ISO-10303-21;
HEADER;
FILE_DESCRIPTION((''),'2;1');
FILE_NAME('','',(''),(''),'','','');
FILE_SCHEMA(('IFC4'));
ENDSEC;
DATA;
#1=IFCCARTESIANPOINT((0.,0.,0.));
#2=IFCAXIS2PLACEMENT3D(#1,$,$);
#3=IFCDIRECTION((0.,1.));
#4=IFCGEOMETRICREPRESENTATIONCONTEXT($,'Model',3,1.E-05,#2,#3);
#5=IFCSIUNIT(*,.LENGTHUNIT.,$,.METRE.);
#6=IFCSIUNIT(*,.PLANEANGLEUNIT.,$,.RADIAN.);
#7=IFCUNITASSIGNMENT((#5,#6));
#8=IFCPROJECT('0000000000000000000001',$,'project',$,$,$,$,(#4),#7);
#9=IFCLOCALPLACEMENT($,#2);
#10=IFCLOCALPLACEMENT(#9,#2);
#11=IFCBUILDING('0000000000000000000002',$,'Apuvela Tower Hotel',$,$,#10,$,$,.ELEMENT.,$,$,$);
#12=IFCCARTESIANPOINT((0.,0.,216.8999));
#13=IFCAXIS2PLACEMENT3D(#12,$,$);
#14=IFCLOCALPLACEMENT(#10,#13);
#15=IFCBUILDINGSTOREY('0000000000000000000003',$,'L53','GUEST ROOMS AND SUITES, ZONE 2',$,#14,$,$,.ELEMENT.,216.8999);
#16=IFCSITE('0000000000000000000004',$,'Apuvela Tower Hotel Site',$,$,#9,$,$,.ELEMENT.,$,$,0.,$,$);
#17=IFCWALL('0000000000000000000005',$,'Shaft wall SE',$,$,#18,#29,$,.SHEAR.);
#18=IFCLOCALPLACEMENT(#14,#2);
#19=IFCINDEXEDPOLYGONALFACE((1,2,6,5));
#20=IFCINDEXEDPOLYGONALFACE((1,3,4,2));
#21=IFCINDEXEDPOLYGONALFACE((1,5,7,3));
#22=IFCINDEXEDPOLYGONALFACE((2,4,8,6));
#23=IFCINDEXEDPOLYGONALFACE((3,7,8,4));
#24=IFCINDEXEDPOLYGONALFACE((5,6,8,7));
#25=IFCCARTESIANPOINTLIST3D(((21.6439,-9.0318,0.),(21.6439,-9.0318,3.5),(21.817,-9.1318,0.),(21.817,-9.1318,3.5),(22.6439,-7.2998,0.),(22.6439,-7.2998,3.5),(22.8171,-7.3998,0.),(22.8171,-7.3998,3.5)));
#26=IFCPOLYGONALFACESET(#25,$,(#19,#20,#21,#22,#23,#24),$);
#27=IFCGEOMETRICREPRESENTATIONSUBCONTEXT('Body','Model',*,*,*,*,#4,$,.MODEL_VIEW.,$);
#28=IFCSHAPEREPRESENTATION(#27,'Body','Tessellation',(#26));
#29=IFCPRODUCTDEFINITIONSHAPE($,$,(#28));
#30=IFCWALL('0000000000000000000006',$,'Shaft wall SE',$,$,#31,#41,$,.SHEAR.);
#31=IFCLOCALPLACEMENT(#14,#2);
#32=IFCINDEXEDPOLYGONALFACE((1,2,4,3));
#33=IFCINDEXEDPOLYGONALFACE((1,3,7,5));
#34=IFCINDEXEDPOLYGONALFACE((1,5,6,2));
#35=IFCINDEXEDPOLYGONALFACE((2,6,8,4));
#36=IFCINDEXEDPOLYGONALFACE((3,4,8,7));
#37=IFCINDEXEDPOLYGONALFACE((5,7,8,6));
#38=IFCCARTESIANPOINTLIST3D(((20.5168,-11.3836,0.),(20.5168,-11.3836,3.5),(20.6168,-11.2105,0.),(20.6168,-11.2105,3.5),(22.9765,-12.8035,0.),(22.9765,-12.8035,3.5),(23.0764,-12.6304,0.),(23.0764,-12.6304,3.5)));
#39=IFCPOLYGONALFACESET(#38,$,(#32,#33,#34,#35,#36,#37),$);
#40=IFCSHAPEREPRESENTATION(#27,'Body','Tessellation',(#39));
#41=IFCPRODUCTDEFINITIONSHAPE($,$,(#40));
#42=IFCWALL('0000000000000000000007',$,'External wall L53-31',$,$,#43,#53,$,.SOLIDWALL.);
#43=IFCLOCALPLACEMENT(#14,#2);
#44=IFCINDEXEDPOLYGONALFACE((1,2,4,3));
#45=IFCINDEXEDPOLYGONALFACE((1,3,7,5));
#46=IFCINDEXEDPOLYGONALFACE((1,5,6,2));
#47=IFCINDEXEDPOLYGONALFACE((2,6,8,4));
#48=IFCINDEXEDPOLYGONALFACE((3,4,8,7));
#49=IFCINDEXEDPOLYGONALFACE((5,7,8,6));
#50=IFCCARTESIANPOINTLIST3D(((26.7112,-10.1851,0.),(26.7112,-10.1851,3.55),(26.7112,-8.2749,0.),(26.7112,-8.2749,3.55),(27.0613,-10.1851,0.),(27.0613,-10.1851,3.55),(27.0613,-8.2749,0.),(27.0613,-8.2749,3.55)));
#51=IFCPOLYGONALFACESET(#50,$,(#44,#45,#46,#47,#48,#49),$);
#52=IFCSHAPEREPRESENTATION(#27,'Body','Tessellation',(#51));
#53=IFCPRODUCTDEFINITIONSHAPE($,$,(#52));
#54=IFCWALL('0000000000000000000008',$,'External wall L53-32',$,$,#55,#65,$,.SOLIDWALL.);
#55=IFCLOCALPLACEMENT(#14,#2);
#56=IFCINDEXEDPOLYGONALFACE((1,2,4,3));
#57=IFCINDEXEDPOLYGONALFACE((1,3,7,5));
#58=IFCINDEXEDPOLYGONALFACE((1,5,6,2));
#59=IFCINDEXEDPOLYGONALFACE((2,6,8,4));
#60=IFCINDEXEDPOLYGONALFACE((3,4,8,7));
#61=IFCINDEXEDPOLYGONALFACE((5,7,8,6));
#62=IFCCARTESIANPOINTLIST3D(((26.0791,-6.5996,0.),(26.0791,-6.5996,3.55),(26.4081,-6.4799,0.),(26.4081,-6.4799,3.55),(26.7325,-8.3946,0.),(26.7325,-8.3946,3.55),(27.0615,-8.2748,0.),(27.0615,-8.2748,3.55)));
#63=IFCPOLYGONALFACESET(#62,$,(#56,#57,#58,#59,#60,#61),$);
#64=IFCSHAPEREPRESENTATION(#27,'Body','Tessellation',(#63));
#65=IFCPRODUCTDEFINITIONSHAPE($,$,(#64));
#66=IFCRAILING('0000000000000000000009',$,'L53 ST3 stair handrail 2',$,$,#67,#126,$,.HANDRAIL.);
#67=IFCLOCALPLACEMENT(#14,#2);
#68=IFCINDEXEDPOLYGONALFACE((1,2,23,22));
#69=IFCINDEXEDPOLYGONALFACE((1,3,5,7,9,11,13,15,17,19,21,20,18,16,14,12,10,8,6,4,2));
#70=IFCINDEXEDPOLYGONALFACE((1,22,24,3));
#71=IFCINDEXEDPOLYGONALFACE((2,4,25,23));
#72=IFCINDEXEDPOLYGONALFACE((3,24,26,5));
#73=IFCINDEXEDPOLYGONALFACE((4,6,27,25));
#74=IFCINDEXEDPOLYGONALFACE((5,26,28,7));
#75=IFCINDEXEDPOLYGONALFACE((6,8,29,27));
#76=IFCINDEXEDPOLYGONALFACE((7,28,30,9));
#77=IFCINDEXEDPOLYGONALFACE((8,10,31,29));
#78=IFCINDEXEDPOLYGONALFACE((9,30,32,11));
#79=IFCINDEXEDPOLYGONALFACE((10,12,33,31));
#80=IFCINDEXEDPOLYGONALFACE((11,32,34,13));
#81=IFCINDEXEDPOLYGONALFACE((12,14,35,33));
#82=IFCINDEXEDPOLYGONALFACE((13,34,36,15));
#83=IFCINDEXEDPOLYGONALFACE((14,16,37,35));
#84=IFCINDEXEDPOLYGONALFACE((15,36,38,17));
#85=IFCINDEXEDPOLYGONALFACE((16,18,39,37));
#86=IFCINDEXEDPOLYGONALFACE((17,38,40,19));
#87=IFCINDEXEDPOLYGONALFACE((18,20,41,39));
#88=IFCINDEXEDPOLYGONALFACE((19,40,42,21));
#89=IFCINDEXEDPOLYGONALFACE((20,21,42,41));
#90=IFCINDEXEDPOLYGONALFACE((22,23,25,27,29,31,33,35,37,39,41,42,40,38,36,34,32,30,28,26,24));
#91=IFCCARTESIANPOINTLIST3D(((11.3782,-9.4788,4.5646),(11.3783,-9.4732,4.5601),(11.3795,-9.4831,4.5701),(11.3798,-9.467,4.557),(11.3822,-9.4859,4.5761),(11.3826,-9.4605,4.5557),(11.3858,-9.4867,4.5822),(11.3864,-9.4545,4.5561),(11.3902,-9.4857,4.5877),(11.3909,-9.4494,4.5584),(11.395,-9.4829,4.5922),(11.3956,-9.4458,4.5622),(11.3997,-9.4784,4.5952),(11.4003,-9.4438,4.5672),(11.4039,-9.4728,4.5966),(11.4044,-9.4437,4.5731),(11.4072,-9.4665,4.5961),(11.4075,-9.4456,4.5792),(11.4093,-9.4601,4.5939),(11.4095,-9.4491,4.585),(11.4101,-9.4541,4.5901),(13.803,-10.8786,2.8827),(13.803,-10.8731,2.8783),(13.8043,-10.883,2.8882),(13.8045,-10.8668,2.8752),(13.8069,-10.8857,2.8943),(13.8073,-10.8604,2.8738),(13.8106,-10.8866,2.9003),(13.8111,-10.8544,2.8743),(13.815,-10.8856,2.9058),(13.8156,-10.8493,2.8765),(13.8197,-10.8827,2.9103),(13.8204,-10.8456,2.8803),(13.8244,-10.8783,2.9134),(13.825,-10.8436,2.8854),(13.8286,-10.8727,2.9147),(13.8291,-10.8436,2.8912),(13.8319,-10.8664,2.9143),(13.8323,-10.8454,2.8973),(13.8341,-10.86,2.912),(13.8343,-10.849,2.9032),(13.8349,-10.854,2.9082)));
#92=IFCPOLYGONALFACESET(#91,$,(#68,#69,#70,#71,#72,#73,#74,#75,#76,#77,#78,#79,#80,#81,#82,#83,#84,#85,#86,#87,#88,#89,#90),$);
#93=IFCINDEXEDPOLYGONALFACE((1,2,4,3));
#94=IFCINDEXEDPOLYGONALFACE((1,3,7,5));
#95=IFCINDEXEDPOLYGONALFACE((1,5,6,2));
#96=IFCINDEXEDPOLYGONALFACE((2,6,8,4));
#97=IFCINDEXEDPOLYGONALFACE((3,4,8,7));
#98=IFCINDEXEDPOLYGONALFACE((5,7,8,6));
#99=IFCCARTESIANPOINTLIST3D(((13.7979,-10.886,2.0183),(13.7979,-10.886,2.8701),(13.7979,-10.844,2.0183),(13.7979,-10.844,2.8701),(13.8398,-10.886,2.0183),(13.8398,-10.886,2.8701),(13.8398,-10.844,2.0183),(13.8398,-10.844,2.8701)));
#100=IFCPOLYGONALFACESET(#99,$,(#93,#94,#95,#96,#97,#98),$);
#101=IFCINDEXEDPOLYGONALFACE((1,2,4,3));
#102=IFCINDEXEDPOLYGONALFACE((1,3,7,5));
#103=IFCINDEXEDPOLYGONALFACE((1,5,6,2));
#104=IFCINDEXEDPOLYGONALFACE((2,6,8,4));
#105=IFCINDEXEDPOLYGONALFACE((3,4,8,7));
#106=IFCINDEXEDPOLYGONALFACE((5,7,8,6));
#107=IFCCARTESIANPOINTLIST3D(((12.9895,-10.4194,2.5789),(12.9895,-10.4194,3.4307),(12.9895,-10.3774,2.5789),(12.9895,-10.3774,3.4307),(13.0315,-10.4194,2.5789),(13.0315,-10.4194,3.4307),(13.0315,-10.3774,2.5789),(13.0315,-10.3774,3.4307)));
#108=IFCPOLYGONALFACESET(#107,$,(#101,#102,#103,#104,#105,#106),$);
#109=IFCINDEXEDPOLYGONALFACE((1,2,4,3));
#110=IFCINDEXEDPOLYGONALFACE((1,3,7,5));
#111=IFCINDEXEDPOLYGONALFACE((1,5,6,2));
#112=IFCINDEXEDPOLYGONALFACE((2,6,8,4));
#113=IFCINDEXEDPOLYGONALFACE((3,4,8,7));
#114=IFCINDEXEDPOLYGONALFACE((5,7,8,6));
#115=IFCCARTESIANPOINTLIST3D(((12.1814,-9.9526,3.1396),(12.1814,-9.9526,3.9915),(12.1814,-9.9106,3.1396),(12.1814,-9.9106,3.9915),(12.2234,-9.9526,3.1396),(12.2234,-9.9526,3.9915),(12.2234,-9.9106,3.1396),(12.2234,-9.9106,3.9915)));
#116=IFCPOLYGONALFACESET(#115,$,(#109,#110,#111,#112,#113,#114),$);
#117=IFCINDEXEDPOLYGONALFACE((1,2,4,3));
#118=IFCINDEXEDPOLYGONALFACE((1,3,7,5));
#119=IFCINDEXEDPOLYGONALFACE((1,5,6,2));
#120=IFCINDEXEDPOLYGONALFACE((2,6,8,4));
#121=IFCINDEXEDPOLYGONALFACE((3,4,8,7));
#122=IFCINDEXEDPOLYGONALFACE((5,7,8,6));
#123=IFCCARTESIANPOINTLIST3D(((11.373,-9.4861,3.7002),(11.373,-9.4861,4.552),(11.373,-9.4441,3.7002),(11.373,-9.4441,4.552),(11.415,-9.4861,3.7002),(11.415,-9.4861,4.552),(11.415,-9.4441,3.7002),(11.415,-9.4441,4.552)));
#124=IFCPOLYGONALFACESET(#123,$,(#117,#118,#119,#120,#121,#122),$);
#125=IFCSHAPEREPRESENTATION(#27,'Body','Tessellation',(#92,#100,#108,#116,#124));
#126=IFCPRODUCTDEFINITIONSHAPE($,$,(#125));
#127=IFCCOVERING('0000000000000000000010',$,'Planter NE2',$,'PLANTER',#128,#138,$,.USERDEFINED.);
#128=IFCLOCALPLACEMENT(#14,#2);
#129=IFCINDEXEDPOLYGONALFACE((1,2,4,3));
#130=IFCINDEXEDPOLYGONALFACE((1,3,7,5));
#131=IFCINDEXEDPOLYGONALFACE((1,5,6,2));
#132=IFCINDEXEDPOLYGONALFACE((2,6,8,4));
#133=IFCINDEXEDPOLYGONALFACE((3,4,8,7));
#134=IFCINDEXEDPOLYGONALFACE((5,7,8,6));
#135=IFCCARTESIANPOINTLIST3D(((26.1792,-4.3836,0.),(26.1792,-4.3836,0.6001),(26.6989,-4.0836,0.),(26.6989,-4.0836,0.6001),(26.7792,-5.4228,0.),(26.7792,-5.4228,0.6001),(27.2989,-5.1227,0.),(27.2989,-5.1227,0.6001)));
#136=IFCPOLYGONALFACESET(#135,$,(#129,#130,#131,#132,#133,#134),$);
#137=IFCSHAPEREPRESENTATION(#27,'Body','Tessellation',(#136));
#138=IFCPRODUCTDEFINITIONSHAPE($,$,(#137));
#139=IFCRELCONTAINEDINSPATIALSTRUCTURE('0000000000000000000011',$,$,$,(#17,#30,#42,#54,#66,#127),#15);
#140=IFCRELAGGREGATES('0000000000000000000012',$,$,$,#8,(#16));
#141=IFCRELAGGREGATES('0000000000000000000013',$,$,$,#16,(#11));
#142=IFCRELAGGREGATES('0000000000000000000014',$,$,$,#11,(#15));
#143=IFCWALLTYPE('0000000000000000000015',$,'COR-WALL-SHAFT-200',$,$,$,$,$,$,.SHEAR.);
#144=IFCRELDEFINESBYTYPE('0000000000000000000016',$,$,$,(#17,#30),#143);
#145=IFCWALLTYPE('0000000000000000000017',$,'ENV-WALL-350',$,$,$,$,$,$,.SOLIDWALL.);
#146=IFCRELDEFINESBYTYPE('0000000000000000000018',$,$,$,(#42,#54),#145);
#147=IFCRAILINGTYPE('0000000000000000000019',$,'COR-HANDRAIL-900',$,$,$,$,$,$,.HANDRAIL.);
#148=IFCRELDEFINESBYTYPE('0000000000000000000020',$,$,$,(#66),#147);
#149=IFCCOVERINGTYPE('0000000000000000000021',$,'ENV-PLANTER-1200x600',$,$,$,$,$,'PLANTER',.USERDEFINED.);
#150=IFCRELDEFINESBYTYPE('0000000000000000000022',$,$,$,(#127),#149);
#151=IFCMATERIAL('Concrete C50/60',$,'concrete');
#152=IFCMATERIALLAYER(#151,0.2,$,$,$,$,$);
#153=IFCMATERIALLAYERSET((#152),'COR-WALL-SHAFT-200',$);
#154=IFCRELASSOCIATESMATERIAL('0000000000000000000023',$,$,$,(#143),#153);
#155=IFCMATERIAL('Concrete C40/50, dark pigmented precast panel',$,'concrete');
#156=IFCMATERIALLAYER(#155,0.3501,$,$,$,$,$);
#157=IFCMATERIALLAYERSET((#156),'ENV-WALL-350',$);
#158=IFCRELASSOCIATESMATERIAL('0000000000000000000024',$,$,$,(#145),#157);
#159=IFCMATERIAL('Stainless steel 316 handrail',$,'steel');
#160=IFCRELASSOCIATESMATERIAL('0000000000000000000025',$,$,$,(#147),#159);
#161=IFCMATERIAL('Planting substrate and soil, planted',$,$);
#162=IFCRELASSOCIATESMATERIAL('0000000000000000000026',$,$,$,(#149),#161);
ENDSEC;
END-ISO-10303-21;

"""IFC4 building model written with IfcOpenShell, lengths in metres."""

from ifc_helpers import new_model, si_unit, direction, frame, frame_2d, origin, origin_2d, place, context, subcontext, project, spatial, rectangle, circle, extrude, material, layer, layer_set, type_object, element, save


model = new_model("IFC4")

# Units and contexts
model_context = context("Model", 3, precision=1e-05, world=origin(), true_north=direction((0.0, 1.0)))
body_context = subcontext(model_context, "Body", "Model", "MODEL_VIEW")
ifc_project = project(units=[si_unit("LENGTHUNIT", "METRE"), si_unit("PLANEANGLEUNIT", "RADIAN")], contexts=[model_context])

# Site, building, storey
site_placement = place(None, origin())
site = spatial("IfcSite", under=ifc_project, at=site_placement, Name="Apuvela Tower Hotel Site", CompositionType="ELEMENT", RefElevation=0.0)
building_placement = place(site_placement, origin())
building = spatial("IfcBuilding", under=site, at=building_placement, Name="Apuvela Tower Hotel", CompositionType="ELEMENT")
storey_placement = place(building_placement, frame((0.0, 0.0, 216.8999)))
storey = spatial("IfcBuildingStorey", under=building, at=storey_placement, Name="L53", Description="GUEST ROOMS AND SUITES, ZONE 2", CompositionType="ELEMENT", Elevation=216.8999)

# Walls
ifc_material_1 = material(Name="Concrete C50/60", Category="concrete")
ifc_layer_1 = layer(ifc_material_1, 0.2)
ifc_layer_set_1 = layer_set([ifc_layer_1], Name="COR-WALL-SHAFT-200")
wall_type_1 = type_object("IfcWallType", Name="COR-WALL-SHAFT-200", PredefinedType="SHEAR", material=ifc_layer_set_1)
for number, where, z_axis, x_axis, name in (
    (1, (21.7305, -9.0818, 0.0), (0.0, 0.0, 1.0), (0.500025, 0.866011, 0.0), "Shaft wall SE"),
):
    element("IfcWall", number, at=place(storey_placement, frame(where, z_axis=z_axis, x_axis=x_axis)), inside=storey, type_object=wall_type_1, Name=name, PredefinedType="SHEAR", context=body_context, shape_type="SweptSolid", body=[
        extrude(rectangle(XDim=2.0, YDim=0.2, at=frame_2d((1.0, 0.0))), origin(), (0.0, 0.0, 1.0), 3.5),
    ])
wall_1_placement = place(storey_placement, frame((20.5669, -11.2971, 0.0), z_axis=(0.0, 0.0, 1.0), x_axis=(0.866055, -0.499948, 0.0)))
element("IfcWall", 2, at=wall_1_placement, inside=storey, type_object=wall_type_1, Name="Shaft wall SE", PredefinedType="SHEAR", context=body_context, shape_type="SweptSolid", body=[
    extrude(rectangle(XDim=2.8401, YDim=0.2, at=frame_2d((1.4199, 0.0))), origin(), (0.0, 0.0, 1.0), 3.5),
])
ifc_material_2 = material(Name="Concrete C40/50, dark pigmented precast panel", Category="concrete")
ifc_layer_2 = layer(ifc_material_2, 0.3501)
ifc_layer_set_2 = layer_set([ifc_layer_2], Name="ENV-WALL-350")
wall_type_2 = type_object("IfcWallType", Name="ENV-WALL-350", PredefinedType="SOLIDWALL", material=ifc_layer_set_2)
for number, where, z_axis, x_axis, name in (
    (3, (26.8862, -10.1851, 0.0), (0.0, 0.0, 1.0), (0.0, 1.0, 0.0), "External wall L53-31"),
    (4, (26.897, -8.3347, 0.0), (0.0, 0.0, 1.0), (-0.34203, 0.939689, 0.0), "External wall L53-32"),
):
    element("IfcWall", number, at=place(storey_placement, frame(where, z_axis=z_axis, x_axis=x_axis)), inside=storey, type_object=wall_type_2, Name=name, PredefinedType="SOLIDWALL", context=body_context, shape_type="SweptSolid", body=[
        extrude(rectangle(XDim=1.9102, YDim=0.3501, at=frame_2d((0.9551, 0.0))), origin(), (0.0, 0.0, 1.0), 3.55),
    ])

# Railing
ifc_material_3 = material(Name="Stainless steel 316 handrail", Category="steel")
railing_type_1 = type_object("IfcRailingType", Name="COR-HANDRAIL-900", PredefinedType="HANDRAIL", material=ifc_material_3)
railing_1_placement = place(storey_placement, frame((13.8188, -10.865, 2.0183)))
element("IfcRailing", 5, at=railing_1_placement, inside=storey, type_object=railing_type_1, Name="L53 ST3 stair handrail 2", PredefinedType="HANDRAIL", context=body_context, shape_type="SweptSolid", body=[
    extrude(circle(Radius=0.0239, at=origin_2d()), frame((0.0, 0.0, 0.876), z_axis=(-0.74239, 0.428601, 0.514934), x_axis=(-0.499984, -0.866035, 0.0)), (0.0, 0.0, 1.0), 3.2661),
    extrude(rectangle(XDim=0.042, YDim=0.042, at=origin_2d()), origin(), (0.0, 0.0, 1.0), 0.8518),
    extrude(rectangle(XDim=0.042, YDim=0.042, at=origin_2d()), frame((-0.8083, 0.4666, 0.5605)), (0.0, 0.0, 1.0), 0.8518),
    extrude(rectangle(XDim=0.042, YDim=0.042, at=origin_2d()), frame((-1.6165, 0.9333, 1.1213)), (0.0, 0.0, 1.0), 0.8518),
    extrude(rectangle(XDim=0.042, YDim=0.042, at=origin_2d()), frame((-2.4248, 1.3999, 1.6819)), (0.0, 0.0, 1.0), 0.8518),
])

# Covering
ifc_material_4 = material(Name="Planting substrate and soil, planted")
covering_type = type_object("IfcCoveringType", Name="ENV-PLANTER-1200x600", ElementType="PLANTER", PredefinedType="USERDEFINED", material=ifc_material_4)
covering_placement = place(storey_placement, frame((26.739, -4.7532, 0.0), z_axis=(0.0, 0.0, 1.0), x_axis=(-0.5, 0.866025, 0.0)))
element("IfcCovering", 6, at=covering_placement, inside=storey, type_object=covering_type, Name="Planter NE2", ObjectType="PLANTER", PredefinedType="USERDEFINED", context=body_context, shape_type="SweptSolid", body=[
    extrude(rectangle(XDim=1.2, YDim=0.6001, at=origin_2d()), origin(), (0.0, 0.0, 1.0), 0.6001),
])

save(model, "model.ifc")
